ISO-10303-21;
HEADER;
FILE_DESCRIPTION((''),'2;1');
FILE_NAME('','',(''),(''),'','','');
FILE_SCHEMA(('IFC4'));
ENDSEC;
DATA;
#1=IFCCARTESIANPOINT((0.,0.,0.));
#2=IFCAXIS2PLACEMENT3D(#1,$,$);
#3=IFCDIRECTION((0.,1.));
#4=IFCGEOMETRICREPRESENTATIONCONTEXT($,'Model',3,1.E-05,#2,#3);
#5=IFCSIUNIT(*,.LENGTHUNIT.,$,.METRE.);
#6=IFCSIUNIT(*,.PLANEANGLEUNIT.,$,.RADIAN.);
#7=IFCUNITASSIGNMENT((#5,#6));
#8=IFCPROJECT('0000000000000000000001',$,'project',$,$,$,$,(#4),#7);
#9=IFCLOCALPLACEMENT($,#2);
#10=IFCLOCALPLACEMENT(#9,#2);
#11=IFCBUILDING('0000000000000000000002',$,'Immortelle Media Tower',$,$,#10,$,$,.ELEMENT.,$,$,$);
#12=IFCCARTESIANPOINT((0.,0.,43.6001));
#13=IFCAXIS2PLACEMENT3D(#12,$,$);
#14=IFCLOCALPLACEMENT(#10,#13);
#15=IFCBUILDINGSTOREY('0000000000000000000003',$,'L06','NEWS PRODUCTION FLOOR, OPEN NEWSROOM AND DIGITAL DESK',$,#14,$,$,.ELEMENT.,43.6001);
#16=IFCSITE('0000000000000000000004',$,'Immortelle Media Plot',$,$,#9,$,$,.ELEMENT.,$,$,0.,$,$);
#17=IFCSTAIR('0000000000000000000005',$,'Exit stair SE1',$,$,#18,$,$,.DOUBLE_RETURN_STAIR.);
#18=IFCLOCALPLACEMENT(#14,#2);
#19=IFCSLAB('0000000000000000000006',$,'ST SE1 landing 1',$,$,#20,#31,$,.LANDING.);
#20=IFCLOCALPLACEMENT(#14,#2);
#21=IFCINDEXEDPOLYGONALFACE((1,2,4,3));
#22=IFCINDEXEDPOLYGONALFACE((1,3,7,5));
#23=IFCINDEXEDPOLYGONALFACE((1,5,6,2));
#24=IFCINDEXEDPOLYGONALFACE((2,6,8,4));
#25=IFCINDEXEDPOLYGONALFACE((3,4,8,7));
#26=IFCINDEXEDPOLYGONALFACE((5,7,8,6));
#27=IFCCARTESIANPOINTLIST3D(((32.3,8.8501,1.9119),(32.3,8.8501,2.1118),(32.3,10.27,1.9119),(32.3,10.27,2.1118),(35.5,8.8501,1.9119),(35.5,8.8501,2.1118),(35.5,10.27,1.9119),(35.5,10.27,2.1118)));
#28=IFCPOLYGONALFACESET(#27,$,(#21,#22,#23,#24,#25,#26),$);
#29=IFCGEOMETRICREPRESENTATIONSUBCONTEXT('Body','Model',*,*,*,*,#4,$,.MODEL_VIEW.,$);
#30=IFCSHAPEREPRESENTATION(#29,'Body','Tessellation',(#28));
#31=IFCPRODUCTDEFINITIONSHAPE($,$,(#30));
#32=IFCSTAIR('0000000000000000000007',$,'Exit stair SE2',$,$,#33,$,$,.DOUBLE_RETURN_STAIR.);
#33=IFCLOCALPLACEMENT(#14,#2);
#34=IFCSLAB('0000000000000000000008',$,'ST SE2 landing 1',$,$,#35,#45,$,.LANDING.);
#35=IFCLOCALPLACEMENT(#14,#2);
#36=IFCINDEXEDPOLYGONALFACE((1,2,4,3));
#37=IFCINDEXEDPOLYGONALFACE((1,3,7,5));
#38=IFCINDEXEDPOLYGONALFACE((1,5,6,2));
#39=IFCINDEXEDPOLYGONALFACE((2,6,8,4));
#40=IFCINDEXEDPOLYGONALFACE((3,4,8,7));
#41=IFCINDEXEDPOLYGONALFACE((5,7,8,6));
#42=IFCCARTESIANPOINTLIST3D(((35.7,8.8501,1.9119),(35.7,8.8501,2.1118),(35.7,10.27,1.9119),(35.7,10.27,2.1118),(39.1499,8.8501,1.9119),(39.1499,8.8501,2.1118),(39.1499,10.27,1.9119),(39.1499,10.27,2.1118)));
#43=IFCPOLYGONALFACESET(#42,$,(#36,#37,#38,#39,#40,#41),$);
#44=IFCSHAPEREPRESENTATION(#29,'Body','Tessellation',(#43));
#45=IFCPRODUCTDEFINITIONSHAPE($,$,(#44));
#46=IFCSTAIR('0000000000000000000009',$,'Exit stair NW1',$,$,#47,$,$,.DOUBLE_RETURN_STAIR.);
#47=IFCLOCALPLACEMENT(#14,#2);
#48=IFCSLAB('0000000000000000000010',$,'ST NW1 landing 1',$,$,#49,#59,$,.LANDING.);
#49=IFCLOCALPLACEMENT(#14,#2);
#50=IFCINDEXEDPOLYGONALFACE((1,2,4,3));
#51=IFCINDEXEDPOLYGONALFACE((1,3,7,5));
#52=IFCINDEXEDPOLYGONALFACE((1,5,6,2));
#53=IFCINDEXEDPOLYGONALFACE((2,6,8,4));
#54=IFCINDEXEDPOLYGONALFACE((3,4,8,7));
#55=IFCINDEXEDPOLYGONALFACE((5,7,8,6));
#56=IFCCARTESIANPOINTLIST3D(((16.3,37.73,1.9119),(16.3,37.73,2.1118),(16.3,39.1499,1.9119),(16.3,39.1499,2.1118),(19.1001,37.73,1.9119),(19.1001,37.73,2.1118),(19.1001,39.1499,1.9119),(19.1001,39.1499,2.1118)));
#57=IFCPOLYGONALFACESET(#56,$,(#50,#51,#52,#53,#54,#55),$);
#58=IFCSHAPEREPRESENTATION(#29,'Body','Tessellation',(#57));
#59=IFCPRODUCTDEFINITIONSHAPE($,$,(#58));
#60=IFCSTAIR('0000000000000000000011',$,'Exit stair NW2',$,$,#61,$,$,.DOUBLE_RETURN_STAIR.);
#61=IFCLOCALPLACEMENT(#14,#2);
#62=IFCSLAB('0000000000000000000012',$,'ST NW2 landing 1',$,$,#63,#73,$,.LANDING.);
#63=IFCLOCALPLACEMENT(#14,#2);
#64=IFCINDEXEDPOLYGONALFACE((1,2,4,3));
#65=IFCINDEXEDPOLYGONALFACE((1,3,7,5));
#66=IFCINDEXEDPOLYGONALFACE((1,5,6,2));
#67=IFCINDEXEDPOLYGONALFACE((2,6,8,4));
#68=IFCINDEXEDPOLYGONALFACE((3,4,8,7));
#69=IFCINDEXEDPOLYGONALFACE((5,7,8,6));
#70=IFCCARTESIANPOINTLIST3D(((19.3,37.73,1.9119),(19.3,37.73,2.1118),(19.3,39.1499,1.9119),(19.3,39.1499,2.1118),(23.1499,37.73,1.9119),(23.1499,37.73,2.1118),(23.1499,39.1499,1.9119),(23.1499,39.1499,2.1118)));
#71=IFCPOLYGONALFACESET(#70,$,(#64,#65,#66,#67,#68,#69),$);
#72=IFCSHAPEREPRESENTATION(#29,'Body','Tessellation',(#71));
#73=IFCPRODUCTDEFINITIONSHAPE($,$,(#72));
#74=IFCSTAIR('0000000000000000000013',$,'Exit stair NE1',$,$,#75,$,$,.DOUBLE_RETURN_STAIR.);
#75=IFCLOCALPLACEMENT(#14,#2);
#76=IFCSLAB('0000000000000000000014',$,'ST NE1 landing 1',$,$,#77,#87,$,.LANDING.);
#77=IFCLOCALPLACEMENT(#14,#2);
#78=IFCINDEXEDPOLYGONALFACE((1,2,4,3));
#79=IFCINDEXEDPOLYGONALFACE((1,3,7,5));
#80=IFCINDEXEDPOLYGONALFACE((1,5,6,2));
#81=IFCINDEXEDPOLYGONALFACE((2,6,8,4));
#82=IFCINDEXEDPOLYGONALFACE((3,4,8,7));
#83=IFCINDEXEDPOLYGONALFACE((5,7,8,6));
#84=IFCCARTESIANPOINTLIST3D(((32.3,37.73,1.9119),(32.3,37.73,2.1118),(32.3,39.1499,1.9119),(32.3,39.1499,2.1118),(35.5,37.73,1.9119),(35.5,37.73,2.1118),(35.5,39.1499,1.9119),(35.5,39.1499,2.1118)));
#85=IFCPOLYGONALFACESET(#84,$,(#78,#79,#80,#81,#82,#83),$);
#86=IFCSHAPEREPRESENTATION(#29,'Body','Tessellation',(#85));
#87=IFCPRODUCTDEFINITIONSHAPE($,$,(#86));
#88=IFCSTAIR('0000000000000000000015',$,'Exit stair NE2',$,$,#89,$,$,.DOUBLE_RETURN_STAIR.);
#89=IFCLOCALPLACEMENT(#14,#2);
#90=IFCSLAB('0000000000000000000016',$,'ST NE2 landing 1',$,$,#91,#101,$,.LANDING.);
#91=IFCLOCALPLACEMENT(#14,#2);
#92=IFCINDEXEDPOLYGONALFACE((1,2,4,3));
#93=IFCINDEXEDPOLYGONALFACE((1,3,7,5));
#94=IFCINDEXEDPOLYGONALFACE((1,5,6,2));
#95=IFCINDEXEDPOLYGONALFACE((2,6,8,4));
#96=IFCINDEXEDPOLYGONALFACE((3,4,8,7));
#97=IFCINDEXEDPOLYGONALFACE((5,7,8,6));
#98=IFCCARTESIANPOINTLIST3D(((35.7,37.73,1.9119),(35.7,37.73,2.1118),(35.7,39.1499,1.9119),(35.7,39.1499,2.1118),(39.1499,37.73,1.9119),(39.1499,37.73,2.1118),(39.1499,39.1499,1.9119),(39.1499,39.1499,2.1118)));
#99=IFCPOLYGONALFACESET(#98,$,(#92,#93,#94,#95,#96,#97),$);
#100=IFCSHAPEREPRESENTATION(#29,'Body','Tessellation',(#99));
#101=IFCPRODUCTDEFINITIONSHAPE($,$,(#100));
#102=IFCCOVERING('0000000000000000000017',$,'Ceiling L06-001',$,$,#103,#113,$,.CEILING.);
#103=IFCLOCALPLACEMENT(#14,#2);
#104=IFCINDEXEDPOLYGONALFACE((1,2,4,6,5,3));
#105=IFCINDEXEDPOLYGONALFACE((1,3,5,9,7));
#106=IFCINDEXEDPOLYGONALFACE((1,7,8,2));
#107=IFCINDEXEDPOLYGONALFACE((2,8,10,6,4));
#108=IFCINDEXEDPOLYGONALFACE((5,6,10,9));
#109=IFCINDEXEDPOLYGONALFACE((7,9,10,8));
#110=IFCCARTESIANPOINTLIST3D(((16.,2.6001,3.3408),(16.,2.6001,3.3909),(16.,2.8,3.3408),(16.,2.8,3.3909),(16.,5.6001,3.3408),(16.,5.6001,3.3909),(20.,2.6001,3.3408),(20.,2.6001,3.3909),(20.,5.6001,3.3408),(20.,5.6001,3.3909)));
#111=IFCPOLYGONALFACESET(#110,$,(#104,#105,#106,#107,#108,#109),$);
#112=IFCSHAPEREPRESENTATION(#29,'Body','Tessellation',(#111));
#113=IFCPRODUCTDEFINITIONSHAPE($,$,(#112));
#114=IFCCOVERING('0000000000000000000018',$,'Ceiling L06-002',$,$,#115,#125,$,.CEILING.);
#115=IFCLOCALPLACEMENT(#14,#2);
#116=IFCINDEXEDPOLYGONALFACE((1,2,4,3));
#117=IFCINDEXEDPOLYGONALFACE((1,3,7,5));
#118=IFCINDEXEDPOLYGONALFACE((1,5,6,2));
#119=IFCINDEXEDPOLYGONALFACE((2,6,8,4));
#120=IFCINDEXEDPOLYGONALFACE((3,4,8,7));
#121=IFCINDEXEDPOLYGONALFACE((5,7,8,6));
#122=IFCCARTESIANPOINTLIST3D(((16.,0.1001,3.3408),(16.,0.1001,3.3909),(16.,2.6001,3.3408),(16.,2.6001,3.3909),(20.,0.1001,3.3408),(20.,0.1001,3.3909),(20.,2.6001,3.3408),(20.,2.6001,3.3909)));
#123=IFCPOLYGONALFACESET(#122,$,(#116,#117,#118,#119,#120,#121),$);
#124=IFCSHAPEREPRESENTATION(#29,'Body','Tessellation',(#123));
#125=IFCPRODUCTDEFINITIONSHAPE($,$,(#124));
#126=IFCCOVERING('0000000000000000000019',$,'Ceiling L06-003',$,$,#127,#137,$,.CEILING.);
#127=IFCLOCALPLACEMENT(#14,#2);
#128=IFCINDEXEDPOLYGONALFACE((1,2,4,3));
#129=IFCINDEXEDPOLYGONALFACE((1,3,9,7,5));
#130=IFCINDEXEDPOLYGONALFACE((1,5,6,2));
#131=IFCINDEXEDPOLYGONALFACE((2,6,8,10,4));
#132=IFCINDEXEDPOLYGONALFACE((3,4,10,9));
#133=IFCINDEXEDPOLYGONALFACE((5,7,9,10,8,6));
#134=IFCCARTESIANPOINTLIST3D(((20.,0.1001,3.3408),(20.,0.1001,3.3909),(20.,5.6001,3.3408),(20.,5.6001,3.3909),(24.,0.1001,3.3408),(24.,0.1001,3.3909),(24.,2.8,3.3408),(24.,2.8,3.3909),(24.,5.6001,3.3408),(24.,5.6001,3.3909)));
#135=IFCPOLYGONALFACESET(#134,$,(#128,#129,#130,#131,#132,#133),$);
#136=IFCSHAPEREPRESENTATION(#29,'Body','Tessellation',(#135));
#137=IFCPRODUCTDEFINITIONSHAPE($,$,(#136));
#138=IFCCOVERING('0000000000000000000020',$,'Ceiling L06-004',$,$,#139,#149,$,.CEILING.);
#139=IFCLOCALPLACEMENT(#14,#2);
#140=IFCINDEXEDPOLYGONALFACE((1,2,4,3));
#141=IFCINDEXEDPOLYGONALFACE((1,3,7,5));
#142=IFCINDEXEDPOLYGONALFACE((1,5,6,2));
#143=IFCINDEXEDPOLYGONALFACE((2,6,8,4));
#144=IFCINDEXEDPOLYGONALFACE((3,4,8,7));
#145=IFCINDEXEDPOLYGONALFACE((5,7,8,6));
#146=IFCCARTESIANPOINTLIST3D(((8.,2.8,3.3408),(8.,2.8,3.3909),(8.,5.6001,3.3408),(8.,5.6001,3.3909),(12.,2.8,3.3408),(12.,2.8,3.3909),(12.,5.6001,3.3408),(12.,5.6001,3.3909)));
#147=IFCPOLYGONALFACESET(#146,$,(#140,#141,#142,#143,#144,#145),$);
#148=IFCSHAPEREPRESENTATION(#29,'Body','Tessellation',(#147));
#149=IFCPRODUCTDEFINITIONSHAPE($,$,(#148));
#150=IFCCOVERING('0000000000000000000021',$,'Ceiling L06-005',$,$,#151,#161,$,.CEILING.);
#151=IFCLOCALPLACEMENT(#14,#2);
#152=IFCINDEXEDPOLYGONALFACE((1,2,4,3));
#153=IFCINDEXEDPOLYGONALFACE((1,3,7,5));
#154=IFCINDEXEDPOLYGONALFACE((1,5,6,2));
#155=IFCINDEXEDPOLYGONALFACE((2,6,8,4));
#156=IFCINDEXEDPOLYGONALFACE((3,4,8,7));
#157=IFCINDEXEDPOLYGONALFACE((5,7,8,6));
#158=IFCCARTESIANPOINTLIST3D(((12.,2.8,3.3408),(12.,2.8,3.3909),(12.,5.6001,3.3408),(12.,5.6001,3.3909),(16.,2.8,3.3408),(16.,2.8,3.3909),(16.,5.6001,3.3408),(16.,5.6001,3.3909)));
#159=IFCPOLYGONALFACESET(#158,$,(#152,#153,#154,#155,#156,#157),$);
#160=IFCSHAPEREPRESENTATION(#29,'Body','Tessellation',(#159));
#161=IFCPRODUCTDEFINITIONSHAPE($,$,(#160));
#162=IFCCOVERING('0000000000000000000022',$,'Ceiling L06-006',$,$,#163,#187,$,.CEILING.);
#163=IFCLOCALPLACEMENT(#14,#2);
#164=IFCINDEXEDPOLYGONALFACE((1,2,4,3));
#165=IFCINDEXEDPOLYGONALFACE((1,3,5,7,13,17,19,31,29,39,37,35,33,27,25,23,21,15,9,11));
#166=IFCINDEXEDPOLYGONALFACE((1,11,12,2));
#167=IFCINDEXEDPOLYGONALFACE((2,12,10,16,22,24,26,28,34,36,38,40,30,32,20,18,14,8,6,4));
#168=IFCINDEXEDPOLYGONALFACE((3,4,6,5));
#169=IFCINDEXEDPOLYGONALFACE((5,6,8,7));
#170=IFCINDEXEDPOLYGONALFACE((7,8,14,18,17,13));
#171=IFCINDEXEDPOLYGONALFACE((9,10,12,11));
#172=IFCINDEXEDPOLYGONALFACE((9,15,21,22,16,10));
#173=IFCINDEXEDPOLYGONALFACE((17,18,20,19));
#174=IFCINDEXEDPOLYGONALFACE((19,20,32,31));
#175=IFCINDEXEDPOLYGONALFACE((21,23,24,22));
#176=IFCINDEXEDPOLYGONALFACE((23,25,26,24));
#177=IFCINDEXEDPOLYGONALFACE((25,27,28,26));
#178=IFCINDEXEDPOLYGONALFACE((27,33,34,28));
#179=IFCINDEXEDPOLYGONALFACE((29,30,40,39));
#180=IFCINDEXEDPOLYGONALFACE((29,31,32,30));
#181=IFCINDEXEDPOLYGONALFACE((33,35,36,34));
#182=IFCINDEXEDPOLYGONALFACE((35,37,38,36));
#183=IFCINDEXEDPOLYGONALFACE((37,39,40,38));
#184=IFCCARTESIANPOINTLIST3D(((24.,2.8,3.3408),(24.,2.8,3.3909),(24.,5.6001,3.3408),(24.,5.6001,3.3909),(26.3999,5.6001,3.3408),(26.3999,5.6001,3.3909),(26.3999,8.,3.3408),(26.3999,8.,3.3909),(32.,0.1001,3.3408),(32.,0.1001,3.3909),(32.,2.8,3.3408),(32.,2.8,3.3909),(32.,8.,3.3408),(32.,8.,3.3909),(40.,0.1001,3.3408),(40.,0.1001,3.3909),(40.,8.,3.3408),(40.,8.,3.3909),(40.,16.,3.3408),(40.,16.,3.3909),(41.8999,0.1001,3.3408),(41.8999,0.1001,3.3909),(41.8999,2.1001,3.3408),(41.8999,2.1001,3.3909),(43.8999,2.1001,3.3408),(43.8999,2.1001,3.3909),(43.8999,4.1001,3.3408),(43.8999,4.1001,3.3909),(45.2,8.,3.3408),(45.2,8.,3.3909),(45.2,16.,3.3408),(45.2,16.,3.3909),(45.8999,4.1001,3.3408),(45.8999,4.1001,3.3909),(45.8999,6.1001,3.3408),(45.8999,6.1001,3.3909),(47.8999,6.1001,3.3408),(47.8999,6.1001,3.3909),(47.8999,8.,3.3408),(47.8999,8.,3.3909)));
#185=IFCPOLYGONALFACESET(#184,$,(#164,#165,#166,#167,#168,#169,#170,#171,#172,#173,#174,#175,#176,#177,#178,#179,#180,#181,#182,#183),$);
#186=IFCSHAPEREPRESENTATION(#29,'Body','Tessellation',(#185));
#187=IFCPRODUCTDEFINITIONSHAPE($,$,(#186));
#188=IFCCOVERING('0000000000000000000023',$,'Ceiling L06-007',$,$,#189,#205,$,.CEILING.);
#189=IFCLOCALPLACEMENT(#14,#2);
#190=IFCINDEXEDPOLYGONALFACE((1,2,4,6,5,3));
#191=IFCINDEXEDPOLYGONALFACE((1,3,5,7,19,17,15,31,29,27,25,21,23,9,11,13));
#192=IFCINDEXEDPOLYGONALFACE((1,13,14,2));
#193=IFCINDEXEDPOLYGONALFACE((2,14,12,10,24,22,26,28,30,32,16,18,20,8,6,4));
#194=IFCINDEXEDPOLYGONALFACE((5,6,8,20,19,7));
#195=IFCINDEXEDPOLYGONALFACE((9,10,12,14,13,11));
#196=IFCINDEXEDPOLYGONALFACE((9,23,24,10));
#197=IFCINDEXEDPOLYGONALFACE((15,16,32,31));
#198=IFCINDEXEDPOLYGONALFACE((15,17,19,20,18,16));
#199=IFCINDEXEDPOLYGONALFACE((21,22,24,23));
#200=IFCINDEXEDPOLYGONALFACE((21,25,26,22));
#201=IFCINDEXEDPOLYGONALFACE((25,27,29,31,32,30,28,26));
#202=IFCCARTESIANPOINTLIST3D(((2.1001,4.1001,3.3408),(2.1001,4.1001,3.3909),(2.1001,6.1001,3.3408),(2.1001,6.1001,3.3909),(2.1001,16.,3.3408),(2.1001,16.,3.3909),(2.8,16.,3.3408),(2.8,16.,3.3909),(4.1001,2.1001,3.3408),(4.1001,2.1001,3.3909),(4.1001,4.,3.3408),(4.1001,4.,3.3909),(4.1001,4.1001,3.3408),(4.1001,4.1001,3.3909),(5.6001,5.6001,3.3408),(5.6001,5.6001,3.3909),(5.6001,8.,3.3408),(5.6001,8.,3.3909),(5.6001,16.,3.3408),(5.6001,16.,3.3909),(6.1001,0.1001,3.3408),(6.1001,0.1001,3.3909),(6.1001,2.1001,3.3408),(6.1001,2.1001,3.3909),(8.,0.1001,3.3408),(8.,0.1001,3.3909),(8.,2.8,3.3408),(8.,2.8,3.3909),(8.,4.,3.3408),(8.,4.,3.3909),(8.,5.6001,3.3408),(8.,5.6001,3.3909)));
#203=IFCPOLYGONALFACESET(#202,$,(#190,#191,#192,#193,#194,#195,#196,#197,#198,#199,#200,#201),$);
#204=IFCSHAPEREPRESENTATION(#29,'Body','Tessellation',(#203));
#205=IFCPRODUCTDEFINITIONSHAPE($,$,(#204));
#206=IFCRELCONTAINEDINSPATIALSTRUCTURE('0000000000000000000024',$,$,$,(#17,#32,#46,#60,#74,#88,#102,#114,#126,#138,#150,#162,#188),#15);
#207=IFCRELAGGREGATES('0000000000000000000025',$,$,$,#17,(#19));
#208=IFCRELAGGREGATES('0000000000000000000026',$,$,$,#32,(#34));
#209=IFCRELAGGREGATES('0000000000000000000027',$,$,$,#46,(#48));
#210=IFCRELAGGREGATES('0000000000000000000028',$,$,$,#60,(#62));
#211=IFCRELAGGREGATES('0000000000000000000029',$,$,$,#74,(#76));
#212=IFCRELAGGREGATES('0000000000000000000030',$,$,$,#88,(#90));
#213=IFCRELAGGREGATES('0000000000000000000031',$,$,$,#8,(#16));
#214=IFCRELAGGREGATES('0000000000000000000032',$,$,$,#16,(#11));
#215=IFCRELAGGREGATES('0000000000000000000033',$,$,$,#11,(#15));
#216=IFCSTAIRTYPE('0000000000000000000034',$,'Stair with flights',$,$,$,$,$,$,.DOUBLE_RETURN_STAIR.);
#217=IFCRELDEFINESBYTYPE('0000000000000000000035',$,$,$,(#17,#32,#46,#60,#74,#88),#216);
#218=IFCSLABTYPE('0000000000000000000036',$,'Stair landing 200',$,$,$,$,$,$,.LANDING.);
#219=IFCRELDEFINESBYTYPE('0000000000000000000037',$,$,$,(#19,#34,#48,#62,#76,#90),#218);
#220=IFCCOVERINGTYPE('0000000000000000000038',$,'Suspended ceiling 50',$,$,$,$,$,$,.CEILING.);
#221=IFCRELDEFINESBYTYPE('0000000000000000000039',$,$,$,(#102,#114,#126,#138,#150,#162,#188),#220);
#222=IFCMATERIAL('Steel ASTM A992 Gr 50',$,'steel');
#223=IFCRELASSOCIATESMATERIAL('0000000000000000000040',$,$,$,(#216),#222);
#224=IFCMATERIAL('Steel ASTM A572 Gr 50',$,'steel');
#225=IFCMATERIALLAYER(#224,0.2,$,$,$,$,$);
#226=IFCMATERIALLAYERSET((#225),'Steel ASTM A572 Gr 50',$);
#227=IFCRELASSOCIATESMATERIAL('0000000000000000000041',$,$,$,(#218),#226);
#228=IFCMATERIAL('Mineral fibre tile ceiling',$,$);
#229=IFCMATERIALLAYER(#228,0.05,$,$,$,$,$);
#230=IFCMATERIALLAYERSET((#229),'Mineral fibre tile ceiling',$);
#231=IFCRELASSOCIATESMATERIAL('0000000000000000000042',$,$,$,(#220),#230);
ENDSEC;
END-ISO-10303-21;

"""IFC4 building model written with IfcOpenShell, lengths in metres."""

from ifc_helpers import new_model, si_unit, direction, frame, origin, place, context, subcontext, project, spatial, polyline, outline, extrude, material, layer, layer_set, type_object, element, aggregate, save


model = new_model("IFC4")

# Units and contexts
model_context = context("Model", 3, precision=1e-05, world=origin(), true_north=direction((0.0, 1.0)))
body_context = subcontext(model_context, "Body", "Model", "MODEL_VIEW")
ifc_project = project(units=[si_unit("LENGTHUNIT", "METRE"), si_unit("PLANEANGLEUNIT", "RADIAN")], contexts=[model_context])

# Site, building, storey
site_placement = place(None, origin())
site = spatial("IfcSite", under=ifc_project, at=site_placement, Name="Immortelle Media Plot", CompositionType="ELEMENT", RefElevation=0.0)
building_placement = place(site_placement, origin())
building = spatial("IfcBuilding", under=site, at=building_placement, Name="Immortelle Media Tower", CompositionType="ELEMENT")
storey_placement = place(building_placement, frame((0.0, 0.0, 43.6001)))
storey = spatial("IfcBuildingStorey", under=building, at=storey_placement, Name="L06", Description="NEWS PRODUCTION FLOOR, OPEN NEWSROOM AND DIGITAL DESK", CompositionType="ELEMENT", Elevation=43.6001)

# Stairs, slabs
ifc_material_1 = material(Name="Steel ASTM A992 Gr 50", Category="steel")
stair_type = type_object("IfcStairType", Name="Stair with flights", PredefinedType="DOUBLE_RETURN_STAIR", material=ifc_material_1)
ifc_material_2 = material(Name="Steel ASTM A572 Gr 50", Category="steel")
ifc_layer_1 = layer(ifc_material_2, 0.2)
ifc_layer_set_1 = layer_set([ifc_layer_1], Name="Steel ASTM A572 Gr 50")
slab_type_1 = type_object("IfcSlabType", Name="Stair landing 200", PredefinedType="LANDING", material=ifc_layer_set_1)
stair_1_placement = place(storey_placement, origin())
stair_1 = element("IfcStair", 1, at=stair_1_placement, inside=storey, type_object=stair_type, Name="Exit stair SE1", PredefinedType="DOUBLE_RETURN_STAIR")
slab_1_placement = place(storey_placement, frame((0.0, 0.0, 1.9119)))
slab_1 = element("IfcSlab", 2, at=slab_1_placement, type_object=slab_type_1, Name="ST SE1 landing 1", PredefinedType="LANDING", context=body_context, shape_type="SweptSolid", body=[
    extrude(outline(polyline([(32.3, 8.8501), (35.5, 8.8501), (35.5, 10.27), (32.3, 10.27), (32.3, 8.8501)])), origin(), (0.0, 0.0, 1.0), 0.2),
])
aggregate(stair_1, [slab_1])
stair_2_placement = place(storey_placement, origin())
stair_2 = element("IfcStair", 3, at=stair_2_placement, inside=storey, type_object=stair_type, Name="Exit stair SE2", PredefinedType="DOUBLE_RETURN_STAIR")
slab_2_placement = place(storey_placement, frame((0.0, 0.0, 1.9119)))
slab_2 = element("IfcSlab", 4, at=slab_2_placement, type_object=slab_type_1, Name="ST SE2 landing 1", PredefinedType="LANDING", context=body_context, shape_type="SweptSolid", body=[
    extrude(outline(polyline([(35.7, 8.8501), (39.1499, 8.8501), (39.1499, 10.27), (35.7, 10.27), (35.7, 8.8501)])), origin(), (0.0, 0.0, 1.0), 0.2),
])
aggregate(stair_2, [slab_2])
stair_3_placement = place(storey_placement, origin())
stair_3 = element("IfcStair", 5, at=stair_3_placement, inside=storey, type_object=stair_type, Name="Exit stair NW1", PredefinedType="DOUBLE_RETURN_STAIR")
slab_3_placement = place(storey_placement, frame((0.0, 0.0, 1.9119)))
slab_3 = element("IfcSlab", 6, at=slab_3_placement, type_object=slab_type_1, Name="ST NW1 landing 1", PredefinedType="LANDING", context=body_context, shape_type="SweptSolid", body=[
    extrude(outline(polyline([(16.3, 37.73), (19.1001, 37.73), (19.1001, 39.1499), (16.3, 39.1499), (16.3, 37.73)])), origin(), (0.0, 0.0, 1.0), 0.2),
])
aggregate(stair_3, [slab_3])
stair_4_placement = place(storey_placement, origin())
stair_4 = element("IfcStair", 7, at=stair_4_placement, inside=storey, type_object=stair_type, Name="Exit stair NW2", PredefinedType="DOUBLE_RETURN_STAIR")
slab_4_placement = place(storey_placement, frame((0.0, 0.0, 1.9119)))
slab_4 = element("IfcSlab", 8, at=slab_4_placement, type_object=slab_type_1, Name="ST NW2 landing 1", PredefinedType="LANDING", context=body_context, shape_type="SweptSolid", body=[
    extrude(outline(polyline([(19.3, 37.73), (23.1499, 37.73), (23.1499, 39.1499), (19.3, 39.1499), (19.3, 37.73)])), origin(), (0.0, 0.0, 1.0), 0.2),
])
aggregate(stair_4, [slab_4])
stair_5_placement = place(storey_placement, origin())
stair_5 = element("IfcStair", 9, at=stair_5_placement, inside=storey, type_object=stair_type, Name="Exit stair NE1", PredefinedType="DOUBLE_RETURN_STAIR")
slab_5_placement = place(storey_placement, frame((0.0, 0.0, 1.9119)))
slab_5 = element("IfcSlab", 10, at=slab_5_placement, type_object=slab_type_1, Name="ST NE1 landing 1", PredefinedType="LANDING", context=body_context, shape_type="SweptSolid", body=[
    extrude(outline(polyline([(32.3, 37.73), (35.5, 37.73), (35.5, 39.1499), (32.3, 39.1499), (32.3, 37.73)])), origin(), (0.0, 0.0, 1.0), 0.2),
])
aggregate(stair_5, [slab_5])
stair_6_placement = place(storey_placement, origin())
stair_6 = element("IfcStair", 11, at=stair_6_placement, inside=storey, type_object=stair_type, Name="Exit stair NE2", PredefinedType="DOUBLE_RETURN_STAIR")
slab_6_placement = place(storey_placement, frame((0.0, 0.0, 1.9119)))
slab_6 = element("IfcSlab", 12, at=slab_6_placement, type_object=slab_type_1, Name="ST NE2 landing 1", PredefinedType="LANDING", context=body_context, shape_type="SweptSolid", body=[
    extrude(outline(polyline([(35.7, 37.73), (39.1499, 37.73), (39.1499, 39.1499), (35.7, 39.1499), (35.7, 37.73)])), origin(), (0.0, 0.0, 1.0), 0.2),
])
aggregate(stair_6, [slab_6])

# Coverings
ifc_material_3 = material(Name="Mineral fibre tile ceiling")
ifc_layer_2 = layer(ifc_material_3, 0.05)
ifc_layer_set_2 = layer_set([ifc_layer_2], Name="Mineral fibre tile ceiling")
covering_type = type_object("IfcCoveringType", Name="Suspended ceiling 50", PredefinedType="CEILING", material=ifc_layer_set_2)
covering_1_placement = place(storey_placement, frame((0.0, 0.0, 3.3408)))
element("IfcCovering", 13, at=covering_1_placement, inside=storey, type_object=covering_type, Name="Ceiling L06-001", PredefinedType="CEILING", context=body_context, shape_type="SweptSolid", body=[
    extrude(outline(polyline([(16.0, 5.6001), (20.0, 5.6001), (20.0, 2.6001), (16.0, 2.6001), (16.0, 2.8), (16.0, 5.6001)])), origin(), (0.0, 0.0, 1.0), 0.05),
])
covering_2_placement = place(storey_placement, frame((0.0, 0.0, 3.3408)))
element("IfcCovering", 14, at=covering_2_placement, inside=storey, type_object=covering_type, Name="Ceiling L06-002", PredefinedType="CEILING", context=body_context, shape_type="SweptSolid", body=[
    extrude(outline(polyline([(20.0, 0.1001), (16.0, 0.1001), (16.0, 2.6001), (20.0, 2.6001), (20.0, 0.1001)])), origin(), (0.0, 0.0, 1.0), 0.05),
])
covering_3_placement = place(storey_placement, frame((0.0, 0.0, 3.3408)))
element("IfcCovering", 15, at=covering_3_placement, inside=storey, type_object=covering_type, Name="Ceiling L06-003", PredefinedType="CEILING", context=body_context, shape_type="SweptSolid", body=[
    extrude(outline(polyline([(24.0, 5.6001), (24.0, 2.8), (24.0, 0.1001), (20.0, 0.1001), (20.0, 5.6001), (24.0, 5.6001)])), origin(), (0.0, 0.0, 1.0), 0.05),
])
covering_4_placement = place(storey_placement, frame((0.0, 0.0, 3.3408)))
element("IfcCovering", 16, at=covering_4_placement, inside=storey, type_object=covering_type, Name="Ceiling L06-004", PredefinedType="CEILING", context=body_context, shape_type="SweptSolid", body=[
    extrude(outline(polyline([(8.0, 5.6001), (12.0, 5.6001), (12.0, 2.8), (8.0, 2.8), (8.0, 5.6001)])), origin(), (0.0, 0.0, 1.0), 0.05),
])
covering_5_placement = place(storey_placement, frame((0.0, 0.0, 3.3408)))
element("IfcCovering", 17, at=covering_5_placement, inside=storey, type_object=covering_type, Name="Ceiling L06-005", PredefinedType="CEILING", context=body_context, shape_type="SweptSolid", body=[
    extrude(outline(polyline([(16.0, 5.6001), (16.0, 2.8), (12.0, 2.8), (12.0, 5.6001), (16.0, 5.6001)])), origin(), (0.0, 0.0, 1.0), 0.05),
])
covering_6_placement = place(storey_placement, frame((0.0, 0.0, 3.3408)))
element("IfcCovering", 18, at=covering_6_placement, inside=storey, type_object=covering_type, Name="Ceiling L06-006", PredefinedType="CEILING", context=body_context, shape_type="SweptSolid", body=[
    extrude(outline(polyline([(24.0, 5.6001), (26.3999, 5.6001), (26.3999, 8.0), (32.0, 8.0), (40.0, 8.0), (40.0, 16.0), (45.2, 16.0), (45.2, 8.0), (47.8999, 8.0), (47.8999, 6.1001), (45.8999, 6.1001), (45.8999, 4.1001), (43.8999, 4.1001), (43.8999, 2.1001), (41.8999, 2.1001), (41.8999, 0.1001), (40.0, 0.1001), (32.0, 0.1001), (32.0, 2.8), (24.0, 2.8), (24.0, 5.6001)])), origin(), (0.0, 0.0, 1.0), 0.05),
])
covering_7_placement = place(storey_placement, frame((0.0, 0.0, 3.3408)))
element("IfcCovering", 19, at=covering_7_placement, inside=storey, type_object=covering_type, Name="Ceiling L06-007", PredefinedType="CEILING", context=body_context, shape_type="SweptSolid", body=[
    extrude(outline(polyline([(4.1001, 4.1001), (2.1001, 4.1001), (2.1001, 6.1001), (2.1001, 16.0), (2.8, 16.0), (5.6001, 16.0), (5.6001, 8.0), (5.6001, 5.6001), (8.0, 5.6001), (8.0, 4.0), (8.0, 2.8), (8.0, 0.1001), (6.1001, 0.1001), (6.1001, 2.1001), (4.1001, 2.1001), (4.1001, 4.0), (4.1001, 4.1001)])), origin(), (0.0, 0.0, 1.0), 0.05),
])

save(model, "model.ifc")
